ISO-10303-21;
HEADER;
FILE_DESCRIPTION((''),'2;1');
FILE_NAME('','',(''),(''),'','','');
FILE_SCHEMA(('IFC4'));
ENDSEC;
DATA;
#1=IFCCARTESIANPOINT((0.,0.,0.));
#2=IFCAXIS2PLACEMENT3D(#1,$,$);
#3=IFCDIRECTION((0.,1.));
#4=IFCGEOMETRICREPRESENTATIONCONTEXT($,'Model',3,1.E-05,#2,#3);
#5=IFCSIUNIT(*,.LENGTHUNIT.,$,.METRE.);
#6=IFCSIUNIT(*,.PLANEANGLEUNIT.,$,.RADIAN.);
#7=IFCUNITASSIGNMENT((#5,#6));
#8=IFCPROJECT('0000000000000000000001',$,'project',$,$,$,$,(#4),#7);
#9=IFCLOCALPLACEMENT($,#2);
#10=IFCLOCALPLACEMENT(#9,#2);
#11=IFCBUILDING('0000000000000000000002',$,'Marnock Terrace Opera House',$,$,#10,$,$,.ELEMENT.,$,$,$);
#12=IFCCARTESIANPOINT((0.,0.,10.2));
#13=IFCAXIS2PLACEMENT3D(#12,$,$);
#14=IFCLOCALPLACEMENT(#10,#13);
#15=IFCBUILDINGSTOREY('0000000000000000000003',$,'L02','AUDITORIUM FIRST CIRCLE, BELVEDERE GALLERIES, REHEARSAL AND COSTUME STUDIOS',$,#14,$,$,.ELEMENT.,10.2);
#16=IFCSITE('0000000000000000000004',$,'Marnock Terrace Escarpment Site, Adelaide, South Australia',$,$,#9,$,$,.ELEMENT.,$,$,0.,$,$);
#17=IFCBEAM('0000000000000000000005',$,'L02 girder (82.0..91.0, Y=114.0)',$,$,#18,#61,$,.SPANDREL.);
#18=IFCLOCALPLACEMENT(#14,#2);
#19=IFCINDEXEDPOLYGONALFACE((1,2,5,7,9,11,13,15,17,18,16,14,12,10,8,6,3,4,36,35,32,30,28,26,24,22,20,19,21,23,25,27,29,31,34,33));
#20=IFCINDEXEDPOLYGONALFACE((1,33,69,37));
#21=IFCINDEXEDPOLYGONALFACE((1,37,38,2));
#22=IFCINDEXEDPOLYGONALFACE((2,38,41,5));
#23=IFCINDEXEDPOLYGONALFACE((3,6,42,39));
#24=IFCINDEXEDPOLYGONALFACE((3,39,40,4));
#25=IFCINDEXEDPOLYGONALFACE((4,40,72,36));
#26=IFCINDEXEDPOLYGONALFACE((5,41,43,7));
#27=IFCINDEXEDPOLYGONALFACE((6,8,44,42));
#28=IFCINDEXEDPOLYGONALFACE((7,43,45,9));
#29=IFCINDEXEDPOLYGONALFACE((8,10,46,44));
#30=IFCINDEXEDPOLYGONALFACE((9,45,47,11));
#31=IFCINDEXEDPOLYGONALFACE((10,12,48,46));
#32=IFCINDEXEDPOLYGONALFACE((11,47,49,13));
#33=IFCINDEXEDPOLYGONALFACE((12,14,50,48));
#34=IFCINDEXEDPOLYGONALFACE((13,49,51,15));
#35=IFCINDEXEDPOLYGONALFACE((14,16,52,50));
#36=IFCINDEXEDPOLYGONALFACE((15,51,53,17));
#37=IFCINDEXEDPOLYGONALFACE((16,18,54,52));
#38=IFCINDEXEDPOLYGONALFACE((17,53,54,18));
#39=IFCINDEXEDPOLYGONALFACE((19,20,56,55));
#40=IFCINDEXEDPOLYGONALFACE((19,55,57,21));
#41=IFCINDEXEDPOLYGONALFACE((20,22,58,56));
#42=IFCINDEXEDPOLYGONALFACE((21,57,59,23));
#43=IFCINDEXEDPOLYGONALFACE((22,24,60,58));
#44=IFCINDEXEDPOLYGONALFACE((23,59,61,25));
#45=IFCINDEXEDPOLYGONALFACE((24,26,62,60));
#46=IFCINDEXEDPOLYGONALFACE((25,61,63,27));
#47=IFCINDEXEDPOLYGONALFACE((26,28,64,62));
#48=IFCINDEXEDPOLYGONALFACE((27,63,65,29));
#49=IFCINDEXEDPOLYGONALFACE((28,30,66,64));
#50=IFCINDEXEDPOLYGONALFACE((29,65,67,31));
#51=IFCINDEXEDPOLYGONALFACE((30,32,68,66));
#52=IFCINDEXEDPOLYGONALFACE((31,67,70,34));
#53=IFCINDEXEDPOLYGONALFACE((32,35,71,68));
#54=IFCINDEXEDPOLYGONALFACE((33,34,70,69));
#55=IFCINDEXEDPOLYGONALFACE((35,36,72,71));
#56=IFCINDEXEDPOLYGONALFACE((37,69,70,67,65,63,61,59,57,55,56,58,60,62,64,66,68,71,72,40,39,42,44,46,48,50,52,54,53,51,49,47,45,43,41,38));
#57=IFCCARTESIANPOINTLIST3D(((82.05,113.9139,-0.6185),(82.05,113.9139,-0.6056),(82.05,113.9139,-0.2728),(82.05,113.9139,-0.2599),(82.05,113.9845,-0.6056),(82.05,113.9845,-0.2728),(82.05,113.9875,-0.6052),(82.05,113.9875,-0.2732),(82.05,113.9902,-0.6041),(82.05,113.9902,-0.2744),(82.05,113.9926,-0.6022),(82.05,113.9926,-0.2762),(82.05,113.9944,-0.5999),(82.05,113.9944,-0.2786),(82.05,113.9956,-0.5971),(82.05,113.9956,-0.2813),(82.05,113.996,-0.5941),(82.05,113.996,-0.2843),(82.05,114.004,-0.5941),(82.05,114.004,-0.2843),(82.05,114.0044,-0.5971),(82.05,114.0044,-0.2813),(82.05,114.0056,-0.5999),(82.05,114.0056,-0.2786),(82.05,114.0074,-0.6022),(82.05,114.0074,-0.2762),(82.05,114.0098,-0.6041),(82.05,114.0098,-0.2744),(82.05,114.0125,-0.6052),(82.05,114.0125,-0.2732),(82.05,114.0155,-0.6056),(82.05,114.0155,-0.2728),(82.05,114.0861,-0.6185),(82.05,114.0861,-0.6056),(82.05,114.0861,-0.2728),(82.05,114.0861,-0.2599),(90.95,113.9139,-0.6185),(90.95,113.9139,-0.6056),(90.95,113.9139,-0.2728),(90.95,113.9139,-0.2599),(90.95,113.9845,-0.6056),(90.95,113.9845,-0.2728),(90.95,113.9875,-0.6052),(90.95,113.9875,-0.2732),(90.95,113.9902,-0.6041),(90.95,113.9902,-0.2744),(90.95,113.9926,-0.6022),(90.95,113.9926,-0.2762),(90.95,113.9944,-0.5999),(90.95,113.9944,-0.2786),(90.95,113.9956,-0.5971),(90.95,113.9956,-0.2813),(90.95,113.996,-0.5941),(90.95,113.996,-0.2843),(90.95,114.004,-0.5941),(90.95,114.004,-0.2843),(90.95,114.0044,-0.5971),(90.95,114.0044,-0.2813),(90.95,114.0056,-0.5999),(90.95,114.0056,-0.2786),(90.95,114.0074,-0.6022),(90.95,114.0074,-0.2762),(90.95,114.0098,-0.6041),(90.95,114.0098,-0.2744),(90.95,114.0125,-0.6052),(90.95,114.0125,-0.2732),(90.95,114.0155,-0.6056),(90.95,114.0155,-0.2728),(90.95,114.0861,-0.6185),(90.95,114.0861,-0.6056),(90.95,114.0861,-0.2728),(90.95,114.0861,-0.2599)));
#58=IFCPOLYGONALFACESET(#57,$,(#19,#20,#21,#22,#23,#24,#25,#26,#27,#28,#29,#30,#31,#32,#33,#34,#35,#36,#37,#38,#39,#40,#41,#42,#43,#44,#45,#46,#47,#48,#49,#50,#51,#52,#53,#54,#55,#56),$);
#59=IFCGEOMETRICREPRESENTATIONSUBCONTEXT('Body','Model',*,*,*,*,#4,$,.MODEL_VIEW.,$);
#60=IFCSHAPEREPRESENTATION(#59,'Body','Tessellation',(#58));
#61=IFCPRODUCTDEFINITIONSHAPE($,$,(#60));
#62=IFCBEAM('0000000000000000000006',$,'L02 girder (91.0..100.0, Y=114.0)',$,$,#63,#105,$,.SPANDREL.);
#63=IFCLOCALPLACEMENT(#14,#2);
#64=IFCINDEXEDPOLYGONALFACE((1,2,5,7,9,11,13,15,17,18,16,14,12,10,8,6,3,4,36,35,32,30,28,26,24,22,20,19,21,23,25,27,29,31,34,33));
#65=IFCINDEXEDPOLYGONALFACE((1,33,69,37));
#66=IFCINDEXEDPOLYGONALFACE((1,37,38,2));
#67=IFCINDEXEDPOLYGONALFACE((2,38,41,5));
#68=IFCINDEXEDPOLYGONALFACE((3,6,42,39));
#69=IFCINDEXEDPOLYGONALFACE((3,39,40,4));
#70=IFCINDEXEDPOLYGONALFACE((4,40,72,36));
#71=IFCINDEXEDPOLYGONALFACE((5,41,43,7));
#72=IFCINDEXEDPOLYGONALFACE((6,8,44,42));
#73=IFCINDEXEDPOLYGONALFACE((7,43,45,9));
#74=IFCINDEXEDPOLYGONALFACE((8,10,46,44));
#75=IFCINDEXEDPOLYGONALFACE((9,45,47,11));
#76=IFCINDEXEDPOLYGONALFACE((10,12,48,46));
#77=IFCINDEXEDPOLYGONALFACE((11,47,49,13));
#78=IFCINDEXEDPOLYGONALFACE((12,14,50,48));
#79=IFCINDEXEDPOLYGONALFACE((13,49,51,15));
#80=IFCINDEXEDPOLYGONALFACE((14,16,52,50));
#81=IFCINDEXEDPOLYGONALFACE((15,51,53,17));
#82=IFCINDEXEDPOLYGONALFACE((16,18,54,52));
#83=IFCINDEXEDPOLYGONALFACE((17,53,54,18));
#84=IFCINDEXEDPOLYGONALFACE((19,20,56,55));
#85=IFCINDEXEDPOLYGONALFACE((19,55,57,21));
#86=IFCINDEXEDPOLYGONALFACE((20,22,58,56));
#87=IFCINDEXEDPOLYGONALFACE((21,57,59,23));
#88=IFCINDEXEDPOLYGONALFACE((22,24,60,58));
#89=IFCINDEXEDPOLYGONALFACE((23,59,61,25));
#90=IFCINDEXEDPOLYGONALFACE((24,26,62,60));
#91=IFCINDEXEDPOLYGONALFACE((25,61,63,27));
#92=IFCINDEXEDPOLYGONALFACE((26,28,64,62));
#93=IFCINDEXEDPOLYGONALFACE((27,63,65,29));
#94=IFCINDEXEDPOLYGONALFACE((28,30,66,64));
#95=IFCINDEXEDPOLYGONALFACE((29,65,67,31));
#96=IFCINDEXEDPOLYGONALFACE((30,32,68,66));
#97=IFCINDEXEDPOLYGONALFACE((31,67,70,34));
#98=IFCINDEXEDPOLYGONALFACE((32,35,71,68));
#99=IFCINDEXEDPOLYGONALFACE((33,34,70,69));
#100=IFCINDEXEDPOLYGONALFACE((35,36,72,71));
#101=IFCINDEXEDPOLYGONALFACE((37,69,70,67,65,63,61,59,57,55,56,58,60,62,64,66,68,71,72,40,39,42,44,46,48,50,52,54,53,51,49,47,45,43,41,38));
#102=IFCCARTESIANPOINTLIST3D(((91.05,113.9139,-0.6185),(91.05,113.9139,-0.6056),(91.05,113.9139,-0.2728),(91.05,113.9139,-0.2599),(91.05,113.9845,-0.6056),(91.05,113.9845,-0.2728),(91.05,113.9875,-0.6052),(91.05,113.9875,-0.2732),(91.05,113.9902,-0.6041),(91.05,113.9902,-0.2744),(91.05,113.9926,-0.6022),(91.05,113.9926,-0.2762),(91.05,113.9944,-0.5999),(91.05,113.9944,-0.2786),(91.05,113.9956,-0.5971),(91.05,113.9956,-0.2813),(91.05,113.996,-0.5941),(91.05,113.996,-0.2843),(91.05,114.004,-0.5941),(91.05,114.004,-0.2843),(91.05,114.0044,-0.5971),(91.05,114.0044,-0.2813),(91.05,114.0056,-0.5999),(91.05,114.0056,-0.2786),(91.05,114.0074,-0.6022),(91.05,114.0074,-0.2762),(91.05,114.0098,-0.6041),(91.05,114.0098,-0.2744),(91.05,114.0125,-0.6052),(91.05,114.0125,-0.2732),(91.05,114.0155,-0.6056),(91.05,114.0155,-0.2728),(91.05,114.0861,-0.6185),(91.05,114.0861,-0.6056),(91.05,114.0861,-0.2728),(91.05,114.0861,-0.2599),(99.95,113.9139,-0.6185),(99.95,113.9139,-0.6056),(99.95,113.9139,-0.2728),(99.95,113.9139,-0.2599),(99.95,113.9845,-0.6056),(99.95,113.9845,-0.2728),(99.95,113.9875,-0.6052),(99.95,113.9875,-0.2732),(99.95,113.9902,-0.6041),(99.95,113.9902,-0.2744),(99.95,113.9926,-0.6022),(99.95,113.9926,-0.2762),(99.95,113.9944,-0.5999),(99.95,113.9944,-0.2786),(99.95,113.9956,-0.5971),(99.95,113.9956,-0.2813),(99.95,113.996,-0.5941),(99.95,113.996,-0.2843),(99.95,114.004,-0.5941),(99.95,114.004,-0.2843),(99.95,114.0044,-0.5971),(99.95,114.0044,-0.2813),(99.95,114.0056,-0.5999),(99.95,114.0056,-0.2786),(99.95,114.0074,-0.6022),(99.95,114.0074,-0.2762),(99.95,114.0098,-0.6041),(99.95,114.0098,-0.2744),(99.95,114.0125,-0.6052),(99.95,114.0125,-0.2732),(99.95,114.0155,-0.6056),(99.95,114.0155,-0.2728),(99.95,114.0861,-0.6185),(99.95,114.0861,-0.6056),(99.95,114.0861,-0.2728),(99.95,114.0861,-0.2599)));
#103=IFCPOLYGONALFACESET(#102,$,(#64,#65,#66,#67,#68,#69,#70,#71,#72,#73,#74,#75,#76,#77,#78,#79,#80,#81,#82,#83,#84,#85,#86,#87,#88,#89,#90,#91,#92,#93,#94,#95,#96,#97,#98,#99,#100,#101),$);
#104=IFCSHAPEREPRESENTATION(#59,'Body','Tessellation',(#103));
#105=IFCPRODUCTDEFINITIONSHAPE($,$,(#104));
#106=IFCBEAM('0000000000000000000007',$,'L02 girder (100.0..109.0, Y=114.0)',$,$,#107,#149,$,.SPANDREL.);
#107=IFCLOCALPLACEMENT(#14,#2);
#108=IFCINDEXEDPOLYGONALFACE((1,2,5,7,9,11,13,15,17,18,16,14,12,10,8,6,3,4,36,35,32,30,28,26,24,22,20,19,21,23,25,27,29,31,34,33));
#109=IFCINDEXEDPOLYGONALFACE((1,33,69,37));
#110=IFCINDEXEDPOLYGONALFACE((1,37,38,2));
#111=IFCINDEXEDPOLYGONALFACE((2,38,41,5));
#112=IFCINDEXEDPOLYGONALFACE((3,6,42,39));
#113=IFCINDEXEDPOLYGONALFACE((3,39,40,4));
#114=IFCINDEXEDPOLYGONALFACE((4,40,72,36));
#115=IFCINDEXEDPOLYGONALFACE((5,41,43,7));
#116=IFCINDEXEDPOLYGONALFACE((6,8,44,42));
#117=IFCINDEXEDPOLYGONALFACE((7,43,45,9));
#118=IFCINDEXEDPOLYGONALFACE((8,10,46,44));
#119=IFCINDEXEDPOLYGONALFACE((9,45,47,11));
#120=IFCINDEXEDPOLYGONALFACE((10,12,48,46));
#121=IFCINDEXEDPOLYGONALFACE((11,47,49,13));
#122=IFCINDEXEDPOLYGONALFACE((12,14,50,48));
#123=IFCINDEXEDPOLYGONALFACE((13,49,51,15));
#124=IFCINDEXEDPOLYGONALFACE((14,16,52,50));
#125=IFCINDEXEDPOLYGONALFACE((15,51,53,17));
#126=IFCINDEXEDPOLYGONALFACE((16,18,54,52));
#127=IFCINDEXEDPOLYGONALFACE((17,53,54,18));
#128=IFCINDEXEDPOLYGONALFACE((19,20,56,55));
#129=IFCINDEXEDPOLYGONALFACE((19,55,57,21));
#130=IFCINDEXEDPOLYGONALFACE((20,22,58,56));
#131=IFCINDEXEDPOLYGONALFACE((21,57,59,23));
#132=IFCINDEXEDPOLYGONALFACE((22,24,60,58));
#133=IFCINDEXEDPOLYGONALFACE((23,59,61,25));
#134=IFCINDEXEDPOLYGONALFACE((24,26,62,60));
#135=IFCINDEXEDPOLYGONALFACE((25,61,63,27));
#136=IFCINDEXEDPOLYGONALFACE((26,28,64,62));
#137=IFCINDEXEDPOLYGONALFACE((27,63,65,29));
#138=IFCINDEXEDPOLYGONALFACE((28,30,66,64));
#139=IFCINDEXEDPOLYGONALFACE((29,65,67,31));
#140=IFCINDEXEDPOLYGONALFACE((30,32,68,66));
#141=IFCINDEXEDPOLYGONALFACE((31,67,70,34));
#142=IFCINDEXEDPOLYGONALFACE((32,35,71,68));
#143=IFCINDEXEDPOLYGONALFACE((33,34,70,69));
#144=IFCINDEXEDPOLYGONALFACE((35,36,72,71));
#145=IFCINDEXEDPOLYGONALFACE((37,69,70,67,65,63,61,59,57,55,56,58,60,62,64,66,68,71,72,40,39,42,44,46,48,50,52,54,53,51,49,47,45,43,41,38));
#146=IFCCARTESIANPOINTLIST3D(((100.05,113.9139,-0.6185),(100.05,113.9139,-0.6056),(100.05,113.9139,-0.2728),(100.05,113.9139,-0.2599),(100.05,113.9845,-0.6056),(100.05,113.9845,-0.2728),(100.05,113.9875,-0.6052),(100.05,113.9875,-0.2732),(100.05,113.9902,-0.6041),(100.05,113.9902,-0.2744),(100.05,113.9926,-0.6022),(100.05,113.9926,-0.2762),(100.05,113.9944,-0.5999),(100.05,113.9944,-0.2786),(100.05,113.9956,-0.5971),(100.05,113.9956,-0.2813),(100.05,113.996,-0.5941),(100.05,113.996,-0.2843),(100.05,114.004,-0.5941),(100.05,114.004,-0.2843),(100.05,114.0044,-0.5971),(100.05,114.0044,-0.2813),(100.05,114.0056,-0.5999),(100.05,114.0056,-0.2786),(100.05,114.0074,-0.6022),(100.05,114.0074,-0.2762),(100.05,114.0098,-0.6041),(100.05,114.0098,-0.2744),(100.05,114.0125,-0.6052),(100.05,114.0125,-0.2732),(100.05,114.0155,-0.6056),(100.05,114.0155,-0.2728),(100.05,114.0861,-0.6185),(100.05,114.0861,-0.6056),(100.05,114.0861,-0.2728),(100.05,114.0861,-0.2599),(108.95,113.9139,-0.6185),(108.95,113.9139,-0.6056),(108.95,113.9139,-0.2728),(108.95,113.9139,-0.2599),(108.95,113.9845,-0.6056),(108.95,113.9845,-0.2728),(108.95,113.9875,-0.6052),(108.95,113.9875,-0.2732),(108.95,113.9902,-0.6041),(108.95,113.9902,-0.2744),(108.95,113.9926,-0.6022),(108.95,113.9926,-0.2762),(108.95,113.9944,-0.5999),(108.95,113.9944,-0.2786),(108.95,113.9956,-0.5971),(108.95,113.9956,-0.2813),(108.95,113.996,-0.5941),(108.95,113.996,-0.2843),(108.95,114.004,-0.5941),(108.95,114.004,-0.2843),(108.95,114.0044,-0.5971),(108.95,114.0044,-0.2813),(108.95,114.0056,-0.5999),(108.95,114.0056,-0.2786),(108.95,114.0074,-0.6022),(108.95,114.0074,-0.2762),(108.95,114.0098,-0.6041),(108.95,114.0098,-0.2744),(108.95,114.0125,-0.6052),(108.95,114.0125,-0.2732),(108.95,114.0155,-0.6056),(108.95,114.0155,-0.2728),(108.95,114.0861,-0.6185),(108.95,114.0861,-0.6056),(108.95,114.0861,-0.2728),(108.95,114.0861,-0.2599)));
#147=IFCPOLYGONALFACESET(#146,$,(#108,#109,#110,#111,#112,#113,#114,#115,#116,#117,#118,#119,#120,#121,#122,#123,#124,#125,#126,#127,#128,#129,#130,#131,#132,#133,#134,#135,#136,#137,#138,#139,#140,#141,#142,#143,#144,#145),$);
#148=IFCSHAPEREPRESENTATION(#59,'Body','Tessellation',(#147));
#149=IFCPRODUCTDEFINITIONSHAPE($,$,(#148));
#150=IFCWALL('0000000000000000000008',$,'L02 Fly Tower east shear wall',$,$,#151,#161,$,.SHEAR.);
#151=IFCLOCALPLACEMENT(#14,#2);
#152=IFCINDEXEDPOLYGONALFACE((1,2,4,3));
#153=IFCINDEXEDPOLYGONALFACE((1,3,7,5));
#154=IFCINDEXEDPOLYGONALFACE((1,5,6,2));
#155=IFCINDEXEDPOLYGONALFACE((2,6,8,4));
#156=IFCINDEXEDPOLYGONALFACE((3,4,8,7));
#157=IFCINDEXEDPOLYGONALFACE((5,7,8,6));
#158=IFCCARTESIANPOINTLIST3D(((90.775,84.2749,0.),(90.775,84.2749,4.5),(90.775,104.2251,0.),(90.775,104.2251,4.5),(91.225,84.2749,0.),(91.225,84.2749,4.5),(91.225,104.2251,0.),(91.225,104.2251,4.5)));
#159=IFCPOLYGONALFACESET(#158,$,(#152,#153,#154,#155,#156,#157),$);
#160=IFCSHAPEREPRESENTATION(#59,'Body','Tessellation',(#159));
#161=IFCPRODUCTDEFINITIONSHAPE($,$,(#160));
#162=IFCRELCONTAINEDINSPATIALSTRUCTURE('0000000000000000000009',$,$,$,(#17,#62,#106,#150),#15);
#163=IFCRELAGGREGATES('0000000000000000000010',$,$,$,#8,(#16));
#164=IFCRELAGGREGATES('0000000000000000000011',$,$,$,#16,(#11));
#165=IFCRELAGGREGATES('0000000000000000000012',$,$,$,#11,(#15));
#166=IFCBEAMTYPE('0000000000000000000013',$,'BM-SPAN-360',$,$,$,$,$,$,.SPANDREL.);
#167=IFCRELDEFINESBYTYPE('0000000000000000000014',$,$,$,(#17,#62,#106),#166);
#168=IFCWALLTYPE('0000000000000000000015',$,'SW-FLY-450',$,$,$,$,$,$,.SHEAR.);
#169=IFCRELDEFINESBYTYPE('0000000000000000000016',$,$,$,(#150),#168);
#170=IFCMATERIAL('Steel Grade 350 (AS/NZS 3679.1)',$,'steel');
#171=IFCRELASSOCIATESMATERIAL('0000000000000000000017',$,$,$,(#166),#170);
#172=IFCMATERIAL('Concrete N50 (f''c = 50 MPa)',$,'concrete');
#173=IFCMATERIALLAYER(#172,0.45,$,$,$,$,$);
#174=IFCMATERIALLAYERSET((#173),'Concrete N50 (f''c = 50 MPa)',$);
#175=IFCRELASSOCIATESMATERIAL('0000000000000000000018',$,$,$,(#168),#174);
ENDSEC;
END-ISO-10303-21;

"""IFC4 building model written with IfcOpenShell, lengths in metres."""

from ifc_helpers import new_model, si_unit, direction, frame, frame_2d, origin, origin_2d, place, context, subcontext, project, spatial, rectangle, i_section, extrude, material, layer, layer_set, material_profile, profile_set, type_object, element, save


model = new_model("IFC4")

# Units and contexts
model_context = context("Model", 3, precision=1e-05, world=origin(), true_north=direction((0.0, 1.0)))
body_context = subcontext(model_context, "Body", "Model", "MODEL_VIEW")
ifc_project = project(units=[si_unit("LENGTHUNIT", "METRE"), si_unit("PLANEANGLEUNIT", "RADIAN")], contexts=[model_context])

# Site, building, storey
site_placement = place(None, origin())
site = spatial("IfcSite", under=ifc_project, at=site_placement, Name="Marnock Terrace Escarpment Site, Adelaide, South Australia", CompositionType="ELEMENT", RefElevation=0.0)
building_placement = place(site_placement, origin())
building = spatial("IfcBuilding", under=site, at=building_placement, Name="Marnock Terrace Opera House", CompositionType="ELEMENT")
storey_placement = place(building_placement, frame((0.0, 0.0, 10.2)))
storey = spatial("IfcBuildingStorey", under=building, at=storey_placement, Name="L02", Description="AUDITORIUM FIRST CIRCLE, BELVEDERE GALLERIES, REHEARSAL AND COSTUME STUDIOS", CompositionType="ELEMENT", Elevation=10.2)

# Shared definitions
ifc_material_1 = material(Name="Concrete N50 (f'c = 50 MPa)", Category="concrete")

# Beams
ifc_material_2 = material(Name="Steel Grade 350 (AS/NZS 3679.1)", Category="steel")
ifc_material_profile_1 = material_profile(ifc_material_2, i_section(OverallWidth=0.1721, OverallDepth=0.3586, WebThickness=0.0081, FlangeThickness=0.0129, FilletRadius=0.0115, at=origin_2d()))
ifc_profile_set_1 = profile_set([ifc_material_profile_1], Name="Steel Grade 350 (AS/NZS 3679.1)")
beam_type_1 = type_object("IfcBeamType", Name="BM-SPAN-360", PredefinedType="SPANDREL", material=ifc_profile_set_1)
for number, where, z_axis, x_axis, name in (
    (1, (82.05, 114.0, -0.4392), (1.0, 0.0, 0.0), (0.0, 1.0, 0.0), "L02 girder (82.0..91.0, Y=114.0)"),
    (2, (91.05, 114.0, -0.4392), (1.0, 0.0, 0.0), (0.0, 1.0, 0.0), "L02 girder (91.0..100.0, Y=114.0)"),
    (3, (100.05, 114.0, -0.4392), (1.0, 0.0, 0.0), (0.0, 1.0, 0.0), "L02 girder (100.0..109.0, Y=114.0)"),
):
    element("IfcBeam", number, at=place(storey_placement, frame(where, z_axis=z_axis, x_axis=x_axis)), inside=storey, type_object=beam_type_1, Name=name, PredefinedType="SPANDREL", context=body_context, shape_type="SweptSolid", body=[
        extrude(i_section(OverallWidth=0.1721, OverallDepth=0.3586, WebThickness=0.0081, FlangeThickness=0.0129, FilletRadius=0.0115, at=origin_2d()), origin(), (0.0, 0.0, 1.0), 8.8999),
    ])

# Wall
ifc_layer = layer(ifc_material_1, 0.45)
ifc_layer_set = layer_set([ifc_layer], Name="Concrete N50 (f'c = 50 MPa)")
wall_type = type_object("IfcWallType", Name="SW-FLY-450", PredefinedType="SHEAR", material=ifc_layer_set)
wall_placement = place(storey_placement, frame((91.0, 84.2749, 0.0), z_axis=(0.0, 0.0, 1.0), x_axis=(0.0, 1.0, 0.0)))
element("IfcWall", 4, at=wall_placement, inside=storey, type_object=wall_type, Name="L02 Fly Tower east shear wall", PredefinedType="SHEAR", context=body_context, shape_type="SweptSolid", body=[
    extrude(rectangle(XDim=19.9502, YDim=0.45, at=frame_2d((9.9751, 0.0))), origin(), (0.0, 0.0, 1.0), 4.5),
])

save(model, "model.ifc")
